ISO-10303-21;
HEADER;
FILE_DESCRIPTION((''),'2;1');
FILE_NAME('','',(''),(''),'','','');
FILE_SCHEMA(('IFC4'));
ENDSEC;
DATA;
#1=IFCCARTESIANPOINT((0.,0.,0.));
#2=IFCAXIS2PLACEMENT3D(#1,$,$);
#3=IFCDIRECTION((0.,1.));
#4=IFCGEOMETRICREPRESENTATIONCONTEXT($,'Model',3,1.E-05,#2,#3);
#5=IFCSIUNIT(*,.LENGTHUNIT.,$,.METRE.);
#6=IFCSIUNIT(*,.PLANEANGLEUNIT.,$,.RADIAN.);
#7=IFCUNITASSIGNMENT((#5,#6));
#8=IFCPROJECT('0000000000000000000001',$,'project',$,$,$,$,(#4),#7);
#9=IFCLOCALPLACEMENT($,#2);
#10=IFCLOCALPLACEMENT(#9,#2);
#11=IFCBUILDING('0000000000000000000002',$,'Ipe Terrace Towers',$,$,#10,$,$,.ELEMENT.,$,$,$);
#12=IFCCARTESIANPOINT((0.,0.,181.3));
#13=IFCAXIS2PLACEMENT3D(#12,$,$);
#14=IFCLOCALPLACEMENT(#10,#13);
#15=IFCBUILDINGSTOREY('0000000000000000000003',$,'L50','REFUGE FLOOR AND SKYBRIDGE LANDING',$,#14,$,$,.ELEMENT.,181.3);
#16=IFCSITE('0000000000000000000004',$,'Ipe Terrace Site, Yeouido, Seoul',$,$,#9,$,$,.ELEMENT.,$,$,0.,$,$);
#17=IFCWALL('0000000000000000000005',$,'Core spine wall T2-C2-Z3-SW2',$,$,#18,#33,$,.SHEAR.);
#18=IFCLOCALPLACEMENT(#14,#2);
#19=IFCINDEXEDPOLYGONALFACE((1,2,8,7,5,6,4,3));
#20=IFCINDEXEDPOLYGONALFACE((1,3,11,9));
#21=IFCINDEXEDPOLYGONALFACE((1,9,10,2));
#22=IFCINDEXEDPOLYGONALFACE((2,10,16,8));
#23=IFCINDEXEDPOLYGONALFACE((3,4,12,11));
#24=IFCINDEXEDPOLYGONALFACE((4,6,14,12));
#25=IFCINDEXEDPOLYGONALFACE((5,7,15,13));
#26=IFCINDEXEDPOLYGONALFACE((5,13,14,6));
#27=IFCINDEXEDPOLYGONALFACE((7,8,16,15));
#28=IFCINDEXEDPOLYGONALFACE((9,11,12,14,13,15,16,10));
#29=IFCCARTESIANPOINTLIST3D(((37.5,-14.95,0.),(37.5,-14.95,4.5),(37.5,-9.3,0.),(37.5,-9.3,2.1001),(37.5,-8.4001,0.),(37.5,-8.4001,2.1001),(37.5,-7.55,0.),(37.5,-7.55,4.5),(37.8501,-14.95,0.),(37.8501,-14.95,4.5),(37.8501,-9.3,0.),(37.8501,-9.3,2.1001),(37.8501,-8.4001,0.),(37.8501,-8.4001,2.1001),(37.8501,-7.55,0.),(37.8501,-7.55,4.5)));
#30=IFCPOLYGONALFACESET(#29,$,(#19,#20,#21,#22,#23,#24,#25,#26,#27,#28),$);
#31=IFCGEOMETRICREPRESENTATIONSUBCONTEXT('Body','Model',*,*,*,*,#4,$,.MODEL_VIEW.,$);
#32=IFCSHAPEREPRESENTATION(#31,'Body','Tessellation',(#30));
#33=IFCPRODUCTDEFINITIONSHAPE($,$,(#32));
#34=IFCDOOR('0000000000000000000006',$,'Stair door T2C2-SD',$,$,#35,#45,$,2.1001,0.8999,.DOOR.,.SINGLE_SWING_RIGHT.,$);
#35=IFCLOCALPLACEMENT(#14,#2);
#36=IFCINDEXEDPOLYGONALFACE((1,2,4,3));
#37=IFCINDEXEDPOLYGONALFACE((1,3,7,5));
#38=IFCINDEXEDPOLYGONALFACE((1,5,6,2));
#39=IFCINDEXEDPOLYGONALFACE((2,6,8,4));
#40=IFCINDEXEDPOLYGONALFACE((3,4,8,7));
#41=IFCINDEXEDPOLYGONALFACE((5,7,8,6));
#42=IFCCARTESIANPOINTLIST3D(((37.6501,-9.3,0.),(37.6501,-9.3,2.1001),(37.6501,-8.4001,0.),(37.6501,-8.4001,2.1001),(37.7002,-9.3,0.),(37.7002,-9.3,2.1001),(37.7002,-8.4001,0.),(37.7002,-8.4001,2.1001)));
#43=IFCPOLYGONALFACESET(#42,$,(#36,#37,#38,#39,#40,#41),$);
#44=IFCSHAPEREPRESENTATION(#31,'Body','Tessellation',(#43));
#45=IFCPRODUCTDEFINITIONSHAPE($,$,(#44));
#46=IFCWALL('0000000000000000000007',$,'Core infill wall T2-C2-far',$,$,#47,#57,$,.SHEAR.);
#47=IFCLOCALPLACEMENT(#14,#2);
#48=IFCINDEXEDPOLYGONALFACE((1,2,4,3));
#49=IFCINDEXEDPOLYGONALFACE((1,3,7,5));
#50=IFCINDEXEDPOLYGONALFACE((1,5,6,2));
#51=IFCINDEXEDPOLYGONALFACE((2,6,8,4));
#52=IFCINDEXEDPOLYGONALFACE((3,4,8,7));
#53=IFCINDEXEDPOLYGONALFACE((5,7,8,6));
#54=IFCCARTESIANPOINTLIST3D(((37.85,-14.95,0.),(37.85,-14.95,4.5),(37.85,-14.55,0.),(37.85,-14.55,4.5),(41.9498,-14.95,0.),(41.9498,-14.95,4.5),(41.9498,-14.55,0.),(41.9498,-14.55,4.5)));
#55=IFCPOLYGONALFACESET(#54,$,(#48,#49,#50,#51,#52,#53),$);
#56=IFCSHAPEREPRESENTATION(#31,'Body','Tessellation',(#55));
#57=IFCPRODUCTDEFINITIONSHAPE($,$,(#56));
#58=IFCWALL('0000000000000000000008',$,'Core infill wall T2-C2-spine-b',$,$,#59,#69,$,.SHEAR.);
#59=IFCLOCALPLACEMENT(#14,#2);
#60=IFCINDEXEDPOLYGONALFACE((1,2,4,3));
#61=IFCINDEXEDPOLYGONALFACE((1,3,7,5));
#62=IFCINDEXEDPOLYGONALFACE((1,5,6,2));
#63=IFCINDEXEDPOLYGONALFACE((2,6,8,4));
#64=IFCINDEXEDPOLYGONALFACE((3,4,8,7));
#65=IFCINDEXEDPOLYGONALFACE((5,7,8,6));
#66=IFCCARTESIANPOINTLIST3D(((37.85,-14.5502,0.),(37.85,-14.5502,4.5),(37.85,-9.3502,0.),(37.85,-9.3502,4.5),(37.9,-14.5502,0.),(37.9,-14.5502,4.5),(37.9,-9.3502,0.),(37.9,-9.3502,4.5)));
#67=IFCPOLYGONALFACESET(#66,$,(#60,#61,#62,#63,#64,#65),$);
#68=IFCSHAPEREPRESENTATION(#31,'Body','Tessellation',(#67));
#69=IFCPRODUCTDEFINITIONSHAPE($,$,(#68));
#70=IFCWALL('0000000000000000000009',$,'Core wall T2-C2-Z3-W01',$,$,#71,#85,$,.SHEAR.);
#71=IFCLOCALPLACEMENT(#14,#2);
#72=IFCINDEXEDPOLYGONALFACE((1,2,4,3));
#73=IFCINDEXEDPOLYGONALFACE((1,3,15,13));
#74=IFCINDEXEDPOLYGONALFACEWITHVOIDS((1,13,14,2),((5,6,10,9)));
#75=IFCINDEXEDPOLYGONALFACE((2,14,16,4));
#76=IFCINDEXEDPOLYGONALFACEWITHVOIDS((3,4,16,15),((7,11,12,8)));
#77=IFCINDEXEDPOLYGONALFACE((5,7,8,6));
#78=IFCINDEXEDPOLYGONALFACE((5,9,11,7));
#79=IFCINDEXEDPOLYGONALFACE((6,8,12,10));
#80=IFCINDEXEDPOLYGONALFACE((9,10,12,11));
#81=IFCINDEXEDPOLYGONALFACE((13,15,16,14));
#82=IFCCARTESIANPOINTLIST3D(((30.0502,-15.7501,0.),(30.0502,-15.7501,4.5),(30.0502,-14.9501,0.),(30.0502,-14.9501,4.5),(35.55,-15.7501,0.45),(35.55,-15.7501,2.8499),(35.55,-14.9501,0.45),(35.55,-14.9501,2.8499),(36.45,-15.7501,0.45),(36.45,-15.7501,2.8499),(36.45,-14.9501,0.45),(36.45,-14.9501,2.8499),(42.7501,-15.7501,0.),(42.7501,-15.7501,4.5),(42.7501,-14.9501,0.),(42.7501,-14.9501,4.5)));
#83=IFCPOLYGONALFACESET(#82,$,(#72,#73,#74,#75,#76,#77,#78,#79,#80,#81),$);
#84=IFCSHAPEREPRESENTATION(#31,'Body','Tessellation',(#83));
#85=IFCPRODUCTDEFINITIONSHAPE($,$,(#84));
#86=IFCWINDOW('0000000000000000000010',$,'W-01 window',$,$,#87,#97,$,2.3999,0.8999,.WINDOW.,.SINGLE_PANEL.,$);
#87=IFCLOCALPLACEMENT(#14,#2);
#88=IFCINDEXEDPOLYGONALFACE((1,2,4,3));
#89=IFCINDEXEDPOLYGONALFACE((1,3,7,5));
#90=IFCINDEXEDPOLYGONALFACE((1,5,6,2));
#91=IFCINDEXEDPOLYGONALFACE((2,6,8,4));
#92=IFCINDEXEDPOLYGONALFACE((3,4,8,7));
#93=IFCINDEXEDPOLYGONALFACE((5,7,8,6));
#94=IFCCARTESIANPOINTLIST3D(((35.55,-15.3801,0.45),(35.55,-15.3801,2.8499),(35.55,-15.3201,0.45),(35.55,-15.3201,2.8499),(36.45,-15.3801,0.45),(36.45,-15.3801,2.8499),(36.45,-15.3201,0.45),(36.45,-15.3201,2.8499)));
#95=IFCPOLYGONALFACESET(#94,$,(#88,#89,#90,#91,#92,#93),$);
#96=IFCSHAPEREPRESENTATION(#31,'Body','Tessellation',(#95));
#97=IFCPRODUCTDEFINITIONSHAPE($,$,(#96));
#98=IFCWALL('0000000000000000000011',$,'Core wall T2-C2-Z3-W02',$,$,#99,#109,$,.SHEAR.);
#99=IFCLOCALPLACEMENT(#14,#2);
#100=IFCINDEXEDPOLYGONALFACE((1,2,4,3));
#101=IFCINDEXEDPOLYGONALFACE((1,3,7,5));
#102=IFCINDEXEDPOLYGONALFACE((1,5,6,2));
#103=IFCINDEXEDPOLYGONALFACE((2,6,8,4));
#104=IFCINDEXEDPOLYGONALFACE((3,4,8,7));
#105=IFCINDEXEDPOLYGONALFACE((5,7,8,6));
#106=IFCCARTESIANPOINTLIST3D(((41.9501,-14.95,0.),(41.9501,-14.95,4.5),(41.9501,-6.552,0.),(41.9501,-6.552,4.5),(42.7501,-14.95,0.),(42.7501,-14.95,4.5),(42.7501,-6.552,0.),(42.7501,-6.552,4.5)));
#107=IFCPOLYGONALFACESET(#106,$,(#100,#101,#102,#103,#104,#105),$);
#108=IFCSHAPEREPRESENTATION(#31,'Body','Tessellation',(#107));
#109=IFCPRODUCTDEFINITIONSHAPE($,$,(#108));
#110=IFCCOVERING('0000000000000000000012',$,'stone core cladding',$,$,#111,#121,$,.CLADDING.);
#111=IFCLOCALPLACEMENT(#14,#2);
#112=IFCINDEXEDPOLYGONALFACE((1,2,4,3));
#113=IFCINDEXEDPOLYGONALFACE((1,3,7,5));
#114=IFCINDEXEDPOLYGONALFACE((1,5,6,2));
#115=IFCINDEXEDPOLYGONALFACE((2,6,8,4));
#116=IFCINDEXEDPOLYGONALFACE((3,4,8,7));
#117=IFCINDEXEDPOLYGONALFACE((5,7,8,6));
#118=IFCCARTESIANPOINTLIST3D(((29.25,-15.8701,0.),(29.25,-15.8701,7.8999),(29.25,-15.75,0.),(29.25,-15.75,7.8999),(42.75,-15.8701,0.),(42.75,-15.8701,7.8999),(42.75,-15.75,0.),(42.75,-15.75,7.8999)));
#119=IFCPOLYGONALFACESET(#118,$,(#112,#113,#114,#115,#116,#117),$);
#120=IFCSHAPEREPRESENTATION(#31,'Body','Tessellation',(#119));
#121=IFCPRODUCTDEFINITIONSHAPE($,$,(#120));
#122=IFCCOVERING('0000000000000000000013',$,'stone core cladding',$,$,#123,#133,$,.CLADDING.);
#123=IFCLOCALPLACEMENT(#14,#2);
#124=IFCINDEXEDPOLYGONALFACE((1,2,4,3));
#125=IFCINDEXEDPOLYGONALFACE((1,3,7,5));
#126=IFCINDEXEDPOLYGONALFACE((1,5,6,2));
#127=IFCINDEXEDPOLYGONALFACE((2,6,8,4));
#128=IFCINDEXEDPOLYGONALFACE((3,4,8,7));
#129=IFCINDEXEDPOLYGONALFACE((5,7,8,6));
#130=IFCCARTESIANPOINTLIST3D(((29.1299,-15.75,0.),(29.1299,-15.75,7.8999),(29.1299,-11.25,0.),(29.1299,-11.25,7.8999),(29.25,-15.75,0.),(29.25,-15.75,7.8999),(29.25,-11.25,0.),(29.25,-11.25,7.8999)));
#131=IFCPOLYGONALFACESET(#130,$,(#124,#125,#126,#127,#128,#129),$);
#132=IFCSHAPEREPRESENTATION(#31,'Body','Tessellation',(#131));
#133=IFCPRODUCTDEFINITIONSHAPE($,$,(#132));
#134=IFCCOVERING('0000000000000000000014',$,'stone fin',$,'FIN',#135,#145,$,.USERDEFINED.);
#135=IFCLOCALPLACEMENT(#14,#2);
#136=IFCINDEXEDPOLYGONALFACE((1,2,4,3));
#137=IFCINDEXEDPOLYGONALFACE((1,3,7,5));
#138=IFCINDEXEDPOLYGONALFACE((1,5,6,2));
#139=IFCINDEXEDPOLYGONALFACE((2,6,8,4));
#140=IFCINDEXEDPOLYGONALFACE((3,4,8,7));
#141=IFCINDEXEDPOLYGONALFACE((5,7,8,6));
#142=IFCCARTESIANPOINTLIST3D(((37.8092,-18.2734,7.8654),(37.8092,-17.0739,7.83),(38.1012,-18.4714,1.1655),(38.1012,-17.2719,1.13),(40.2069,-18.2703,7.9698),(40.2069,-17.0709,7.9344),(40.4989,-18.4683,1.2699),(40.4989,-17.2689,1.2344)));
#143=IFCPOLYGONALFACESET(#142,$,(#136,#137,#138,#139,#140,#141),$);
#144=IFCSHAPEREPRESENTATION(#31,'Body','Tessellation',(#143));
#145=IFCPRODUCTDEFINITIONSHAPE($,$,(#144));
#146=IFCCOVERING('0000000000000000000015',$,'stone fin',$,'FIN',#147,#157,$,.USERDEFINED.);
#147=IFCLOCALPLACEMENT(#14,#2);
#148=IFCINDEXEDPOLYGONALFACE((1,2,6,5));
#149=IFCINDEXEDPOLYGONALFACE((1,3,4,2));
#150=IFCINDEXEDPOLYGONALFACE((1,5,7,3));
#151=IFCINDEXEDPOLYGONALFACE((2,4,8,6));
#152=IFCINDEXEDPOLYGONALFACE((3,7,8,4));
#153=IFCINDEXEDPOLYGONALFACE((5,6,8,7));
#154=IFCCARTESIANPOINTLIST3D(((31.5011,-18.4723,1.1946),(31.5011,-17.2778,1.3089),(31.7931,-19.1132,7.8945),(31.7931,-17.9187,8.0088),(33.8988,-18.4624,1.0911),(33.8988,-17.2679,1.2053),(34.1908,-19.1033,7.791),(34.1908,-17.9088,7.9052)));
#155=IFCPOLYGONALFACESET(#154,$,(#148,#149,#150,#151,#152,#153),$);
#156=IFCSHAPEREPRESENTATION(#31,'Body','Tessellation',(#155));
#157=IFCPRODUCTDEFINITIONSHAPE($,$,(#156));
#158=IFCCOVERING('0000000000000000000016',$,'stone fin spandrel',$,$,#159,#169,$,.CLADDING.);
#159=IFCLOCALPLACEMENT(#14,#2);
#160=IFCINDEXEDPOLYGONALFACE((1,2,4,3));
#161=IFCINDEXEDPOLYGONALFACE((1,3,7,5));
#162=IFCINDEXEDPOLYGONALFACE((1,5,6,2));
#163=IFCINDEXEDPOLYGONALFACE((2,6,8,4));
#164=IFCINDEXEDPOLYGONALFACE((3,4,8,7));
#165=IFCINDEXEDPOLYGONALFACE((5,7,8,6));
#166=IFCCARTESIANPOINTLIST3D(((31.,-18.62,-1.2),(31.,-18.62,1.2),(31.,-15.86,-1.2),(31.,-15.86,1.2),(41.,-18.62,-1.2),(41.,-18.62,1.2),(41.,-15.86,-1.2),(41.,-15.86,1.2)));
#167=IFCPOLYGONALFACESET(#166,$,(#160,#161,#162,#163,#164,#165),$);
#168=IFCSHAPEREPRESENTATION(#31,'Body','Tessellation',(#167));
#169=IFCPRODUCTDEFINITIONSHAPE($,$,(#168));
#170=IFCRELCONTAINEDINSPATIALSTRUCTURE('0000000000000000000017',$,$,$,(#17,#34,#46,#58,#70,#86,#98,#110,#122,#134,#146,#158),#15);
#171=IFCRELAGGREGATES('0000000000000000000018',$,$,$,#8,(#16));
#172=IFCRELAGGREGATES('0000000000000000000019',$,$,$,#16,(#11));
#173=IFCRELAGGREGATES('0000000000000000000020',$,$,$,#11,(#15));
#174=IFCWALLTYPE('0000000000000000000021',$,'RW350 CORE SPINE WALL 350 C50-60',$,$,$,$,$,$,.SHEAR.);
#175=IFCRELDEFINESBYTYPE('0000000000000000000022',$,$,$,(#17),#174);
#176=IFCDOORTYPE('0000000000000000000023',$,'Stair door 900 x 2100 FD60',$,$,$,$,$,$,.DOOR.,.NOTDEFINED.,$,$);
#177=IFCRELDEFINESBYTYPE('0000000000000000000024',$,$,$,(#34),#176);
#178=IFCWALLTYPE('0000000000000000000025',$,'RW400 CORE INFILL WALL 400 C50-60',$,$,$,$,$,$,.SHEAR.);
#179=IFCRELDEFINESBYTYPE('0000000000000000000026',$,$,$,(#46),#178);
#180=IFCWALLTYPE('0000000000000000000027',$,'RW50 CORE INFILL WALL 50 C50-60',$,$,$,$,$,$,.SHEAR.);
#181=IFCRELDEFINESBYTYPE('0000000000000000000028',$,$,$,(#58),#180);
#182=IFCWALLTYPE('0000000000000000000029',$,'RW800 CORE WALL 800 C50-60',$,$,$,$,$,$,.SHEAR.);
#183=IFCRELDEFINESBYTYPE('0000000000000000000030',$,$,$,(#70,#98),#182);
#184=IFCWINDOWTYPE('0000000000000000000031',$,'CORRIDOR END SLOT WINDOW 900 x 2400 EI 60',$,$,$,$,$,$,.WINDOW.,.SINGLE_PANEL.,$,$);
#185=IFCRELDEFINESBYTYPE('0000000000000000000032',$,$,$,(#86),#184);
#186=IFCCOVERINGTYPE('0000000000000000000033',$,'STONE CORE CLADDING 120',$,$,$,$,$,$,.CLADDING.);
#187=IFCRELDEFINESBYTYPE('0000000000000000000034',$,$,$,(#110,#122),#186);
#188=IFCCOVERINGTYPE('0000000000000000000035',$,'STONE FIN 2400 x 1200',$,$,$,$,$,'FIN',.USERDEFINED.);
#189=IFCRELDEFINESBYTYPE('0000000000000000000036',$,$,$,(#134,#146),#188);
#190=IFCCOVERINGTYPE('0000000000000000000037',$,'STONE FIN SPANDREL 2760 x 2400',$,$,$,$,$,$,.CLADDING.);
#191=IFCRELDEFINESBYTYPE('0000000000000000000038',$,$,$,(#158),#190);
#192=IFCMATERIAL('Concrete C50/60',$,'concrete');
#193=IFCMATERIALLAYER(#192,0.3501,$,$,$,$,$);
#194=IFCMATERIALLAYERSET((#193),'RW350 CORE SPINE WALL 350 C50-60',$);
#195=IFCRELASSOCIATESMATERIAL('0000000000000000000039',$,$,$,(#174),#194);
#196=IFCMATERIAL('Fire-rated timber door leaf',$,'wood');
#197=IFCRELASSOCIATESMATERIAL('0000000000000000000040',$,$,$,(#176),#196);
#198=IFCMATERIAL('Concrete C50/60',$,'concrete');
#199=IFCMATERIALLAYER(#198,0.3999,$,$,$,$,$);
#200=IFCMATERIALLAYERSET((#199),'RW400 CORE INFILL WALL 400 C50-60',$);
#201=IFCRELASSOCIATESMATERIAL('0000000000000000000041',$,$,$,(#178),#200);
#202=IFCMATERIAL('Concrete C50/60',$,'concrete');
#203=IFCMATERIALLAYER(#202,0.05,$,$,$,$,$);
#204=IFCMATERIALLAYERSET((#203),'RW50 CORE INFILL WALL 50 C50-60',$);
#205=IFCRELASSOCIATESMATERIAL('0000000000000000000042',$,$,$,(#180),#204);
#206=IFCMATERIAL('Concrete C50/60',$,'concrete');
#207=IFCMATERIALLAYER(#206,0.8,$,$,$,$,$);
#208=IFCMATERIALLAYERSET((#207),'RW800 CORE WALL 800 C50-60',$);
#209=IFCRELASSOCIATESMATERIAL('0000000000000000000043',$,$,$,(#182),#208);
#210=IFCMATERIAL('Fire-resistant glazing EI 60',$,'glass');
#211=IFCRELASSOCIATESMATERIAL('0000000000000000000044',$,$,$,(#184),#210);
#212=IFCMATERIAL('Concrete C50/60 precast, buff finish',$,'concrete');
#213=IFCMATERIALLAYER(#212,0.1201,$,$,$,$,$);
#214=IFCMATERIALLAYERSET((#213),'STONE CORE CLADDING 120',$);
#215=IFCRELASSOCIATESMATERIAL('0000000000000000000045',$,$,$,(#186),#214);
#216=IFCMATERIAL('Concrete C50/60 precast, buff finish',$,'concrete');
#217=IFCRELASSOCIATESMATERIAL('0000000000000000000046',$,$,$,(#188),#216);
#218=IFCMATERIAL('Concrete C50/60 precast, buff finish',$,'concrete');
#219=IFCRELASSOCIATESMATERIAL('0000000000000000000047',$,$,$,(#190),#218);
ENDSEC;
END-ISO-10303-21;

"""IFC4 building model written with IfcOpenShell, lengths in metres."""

from ifc_helpers import new_model, si_unit, direction, frame, frame_2d, origin, origin_2d, place, context, subcontext, project, spatial, rectangle, extrude, material, layer, layer_set, material_profile, profile_set, type_object, element, fill, save


model = new_model("IFC4")

# Units and contexts
model_context = context("Model", 3, precision=1e-05, world=origin(), true_north=direction((0.0, 1.0)))
body_context = subcontext(model_context, "Body", "Model", "MODEL_VIEW")
ifc_project = project(units=[si_unit("LENGTHUNIT", "METRE"), si_unit("PLANEANGLEUNIT", "RADIAN")], contexts=[model_context])

# Site, building, storey
site_placement = place(None, origin())
site = spatial("IfcSite", under=ifc_project, at=site_placement, Name="Ipe Terrace Site, Yeouido, Seoul", CompositionType="ELEMENT", RefElevation=0.0)
building_placement = place(site_placement, origin())
building = spatial("IfcBuilding", under=site, at=building_placement, Name="Ipe Terrace Towers", CompositionType="ELEMENT")
storey_placement = place(building_placement, frame((0.0, 0.0, 181.3)))
storey = spatial("IfcBuildingStorey", under=building, at=storey_placement, Name="L50", Description="REFUGE FLOOR AND SKYBRIDGE LANDING", CompositionType="ELEMENT", Elevation=181.3)

# Shared definitions
ifc_material_1 = material(Name="Concrete C50/60", Category="concrete")
ifc_layer_1 = layer(ifc_material_1, 0.3501)
ifc_layer_set_1 = layer_set([ifc_layer_1], Name="RW350 CORE SPINE WALL 350 C50-60")
wall_type_1 = type_object("IfcWallType", Name="RW350 CORE SPINE WALL 350 C50-60", PredefinedType="SHEAR", material=ifc_layer_set_1)

# Wall, opening, door
wall_1_placement = place(storey_placement, frame((37.675, -14.95, 0.0), z_axis=(0.0, 0.0, 1.0), x_axis=(0.0, 1.0, 0.0)))
wall_1 = element("IfcWall", 1, at=wall_1_placement, inside=storey, type_object=wall_type_1, Name="Core spine wall T2-C2-Z3-SW2", PredefinedType="SHEAR", context=body_context, shape_type="SweptSolid", body=[
    extrude(rectangle(XDim=7.3999, YDim=0.3501, at=frame_2d((3.7, 0.0))), origin(), (0.0, 0.0, 1.0), 4.5),
])
opening_1_placement = place(wall_1_placement, frame((5.6499, 0.0, 0.0)))
opening_1 = element("IfcOpeningElement", 2, at=opening_1_placement, cuts=wall_1, PredefinedType="OPENING", context=body_context, shape_type="SweptSolid", body=[
    extrude(rectangle(XDim=0.8999, YDim=2.1001, at=frame_2d((0.45, 1.05))), frame((0.0, 0.1851, 0.0), z_axis=(0.0, -1.0, 0.0), x_axis=(1.0, 0.0, 0.0)), (0.0, 0.0, 1.0), 0.3701),
])
ifc_material_2 = material(Name="Fire-rated timber door leaf", Category="wood")
door_type_1 = type_object("IfcDoorType", Name="Stair door 900 x 2100 FD60", OperationType="NOTDEFINED", PredefinedType="DOOR", material=ifc_material_2)
door_1_placement = place(opening_1_placement, origin())
door_1 = element("IfcDoor", 3, at=door_1_placement, inside=storey, type_object=door_type_1, Name="Stair door T2C2-SD", OperationType="SINGLE_SWING_RIGHT", OverallHeight=2.1001, OverallWidth=0.8999, PredefinedType="DOOR", context=body_context, shape_type="SweptSolid", body=[
    extrude(rectangle(XDim=0.8999, YDim=2.1001, at=frame_2d((0.45, 1.05))), frame((0.0, 0.0249, 0.0), z_axis=(0.0, -1.0, 0.0), x_axis=(1.0, 0.0, 0.0)), (0.0, 0.0, 1.0), 0.05),
])
fill(opening_1, door_1)

# Walls
ifc_material_3 = material(Name="Concrete C50/60", Category="concrete")
ifc_layer_2 = layer(ifc_material_3, 0.3999)
ifc_layer_set_2 = layer_set([ifc_layer_2], Name="RW400 CORE INFILL WALL 400 C50-60")
wall_type_2 = type_object("IfcWallType", Name="RW400 CORE INFILL WALL 400 C50-60", PredefinedType="SHEAR", material=ifc_layer_set_2)
wall_2_placement = place(storey_placement, frame((37.8501, -14.75, 0.0), z_axis=(0.0, 0.0, 1.0), x_axis=(1.0, 0.0, 0.0)))
element("IfcWall", 4, at=wall_2_placement, inside=storey, type_object=wall_type_2, Name="Core infill wall T2-C2-far", PredefinedType="SHEAR", context=body_context, shape_type="SweptSolid", body=[
    extrude(rectangle(XDim=4.0999, YDim=0.3999, at=frame_2d((2.0498, 0.0))), origin(), (0.0, 0.0, 1.0), 4.5),
])
ifc_material_4 = material(Name="Concrete C50/60", Category="concrete")
ifc_layer_3 = layer(ifc_material_4, 0.05)
ifc_layer_set_3 = layer_set([ifc_layer_3], Name="RW50 CORE INFILL WALL 50 C50-60")
wall_type_3 = type_object("IfcWallType", Name="RW50 CORE INFILL WALL 50 C50-60", PredefinedType="SHEAR", material=ifc_layer_set_3)
wall_3_placement = place(storey_placement, frame((37.875, -9.3501, 0.0), z_axis=(0.0, 0.0, 1.0), x_axis=(0.0, -1.0, 0.0)))
element("IfcWall", 5, at=wall_3_placement, inside=storey, type_object=wall_type_3, Name="Core infill wall T2-C2-spine-b", PredefinedType="SHEAR", context=body_context, shape_type="SweptSolid", body=[
    extrude(rectangle(XDim=5.2, YDim=0.05, at=frame_2d((2.6001, 0.0))), origin(), (0.0, 0.0, 1.0), 4.5),
])

# Wall, opening, window
ifc_material_5 = material(Name="Concrete C50/60", Category="concrete")
ifc_layer_4 = layer(ifc_material_5, 0.8)
ifc_layer_set_4 = layer_set([ifc_layer_4], Name="RW800 CORE WALL 800 C50-60")
wall_type_4 = type_object("IfcWallType", Name="RW800 CORE WALL 800 C50-60", PredefinedType="SHEAR", material=ifc_layer_set_4)
wall_4_placement = place(storey_placement, frame((30.05, -15.3501, 0.0), z_axis=(0.0, 0.0, 1.0), x_axis=(1.0, 0.0, 0.0)))
wall_4 = element("IfcWall", 6, at=wall_4_placement, inside=storey, type_object=wall_type_4, Name="Core wall T2-C2-Z3-W01", PredefinedType="SHEAR", context=body_context, shape_type="SweptSolid", body=[
    extrude(rectangle(XDim=12.7, YDim=0.8, at=frame_2d((6.3501, 0.0))), origin(), (0.0, 0.0, 1.0), 4.5),
])
opening_2_placement = place(wall_4_placement, frame((5.5, 0.0, 0.45)))
opening_2 = element("IfcOpeningElement", 7, at=opening_2_placement, cuts=wall_4, PredefinedType="OPENING", context=body_context, shape_type="SweptSolid", body=[
    extrude(rectangle(XDim=0.8999, YDim=2.3999, at=frame_2d((0.45, 1.2))), frame((0.0, 0.4102, 0.0), z_axis=(0.0, -1.0, 0.0), x_axis=(1.0, 0.0, 0.0)), (0.0, 0.0, 1.0), 0.8201),
])
ifc_material_6 = material(Name="Fire-resistant glazing EI 60", Category="glass")
window_type = type_object("IfcWindowType", Name="CORRIDOR END SLOT WINDOW 900 x 2400 EI 60", PartitioningType="SINGLE_PANEL", PredefinedType="WINDOW", material=ifc_material_6)
window_placement = place(opening_2_placement, origin())
window = element("IfcWindow", 8, at=window_placement, inside=storey, type_object=window_type, Name="W-01 window", OverallHeight=2.3999, OverallWidth=0.8999, PartitioningType="SINGLE_PANEL", PredefinedType="WINDOW", context=body_context, shape_type="SweptSolid", body=[
    extrude(rectangle(XDim=0.8999, YDim=2.3999, at=frame_2d((0.45, 1.2))), frame((0.0, 0.03, 0.0), z_axis=(0.0, -1.0, 0.0), x_axis=(1.0, 0.0, 0.0)), (0.0, 0.0, 1.0), 0.0601),
])
fill(opening_2, window)

# Wall
wall_5_placement = place(storey_placement, frame((42.3501, -14.95, 0.0), z_axis=(0.0, 0.0, 1.0), x_axis=(0.0, 1.0, 0.0)))
element("IfcWall", 9, at=wall_5_placement, inside=storey, type_object=wall_type_4, Name="Core wall T2-C2-Z3-W02", PredefinedType="SHEAR", context=body_context, shape_type="SweptSolid", body=[
    extrude(rectangle(XDim=8.3979, YDim=0.8, at=frame_2d((4.199, 0.0))), origin(), (0.0, 0.0, 1.0), 4.5),
])

# Coverings
ifc_material_7 = material(Name="Concrete C50/60 precast, buff finish", Category="concrete")
ifc_layer_5 = layer(ifc_material_7, 0.1201)
ifc_layer_set_5 = layer_set([ifc_layer_5], Name="STONE CORE CLADDING 120")
covering_type_1 = type_object("IfcCoveringType", Name="STONE CORE CLADDING 120", PredefinedType="CLADDING", material=ifc_layer_set_5)
covering_1_placement = place(storey_placement, frame((36.0, -15.8101, 0.0), z_axis=(0.0, 0.0, 1.0), x_axis=(1.0, 0.0, 0.0)))
element("IfcCovering", 10, at=covering_1_placement, inside=storey, type_object=covering_type_1, Name="stone core cladding", PredefinedType="CLADDING", context=body_context, shape_type="SweptSolid", body=[
    extrude(rectangle(XDim=13.5, YDim=0.1201, at=origin_2d()), origin(), (0.0, 0.0, 1.0), 7.8999),
])
covering_2_placement = place(storey_placement, frame((29.1899, -13.5, 0.0), z_axis=(0.0, 0.0, 1.0), x_axis=(0.0, -1.0, 0.0)))
element("IfcCovering", 11, at=covering_2_placement, inside=storey, type_object=covering_type_1, Name="stone core cladding", PredefinedType="CLADDING", context=body_context, shape_type="SweptSolid", body=[
    extrude(rectangle(XDim=4.5, YDim=0.1201, at=origin_2d()), origin(), (0.0, 0.0, 1.0), 7.8999),
])
ifc_material_8 = material(Name="Concrete C50/60 precast, buff finish", Category="concrete")
ifc_material_profile_1 = material_profile(ifc_material_8, rectangle(XDim=2.3999, YDim=1.2, at=origin_2d()), Name="STONE FIN 2400 x 1200")
ifc_profile_set_1 = profile_set([ifc_material_profile_1], Name="Concrete C50/60 precast, buff finish")
covering_type_2 = type_object("IfcCoveringType", Name="STONE FIN 2400 x 1200", ElementType="FIN", PredefinedType="USERDEFINED", material=ifc_profile_set_1)
covering_3_placement = place(storey_placement, frame((39.3, -17.8701, 1.2), z_axis=(-0.043521, 0.029511, 0.998617), x_axis=(0.999053, 0.001286, 0.043502)))
element("IfcCovering", 12, at=covering_3_placement, inside=storey, type_object=covering_type_2, Name="stone fin", ObjectType="FIN", PredefinedType="USERDEFINED", context=body_context, shape_type="SweptSolid", body=[
    extrude(rectangle(XDim=2.3999, YDim=1.2, at=origin_2d()), origin(), (0.0, 0.0, 1.0), 6.7092),
])
covering_4_placement = place(storey_placement, frame((32.7, -17.8701, 1.2), z_axis=(0.043342, -0.095129, 0.994521), x_axis=(0.99906, 0.004127, -0.043146)))
element("IfcCovering", 13, at=covering_4_placement, inside=storey, type_object=covering_type_2, Name="stone fin", ObjectType="FIN", PredefinedType="USERDEFINED", context=body_context, shape_type="SweptSolid", body=[
    extrude(rectangle(XDim=2.3999, YDim=1.2, at=origin_2d()), origin(), (0.0, 0.0, 1.0), 6.7368),
])
ifc_material_9 = material(Name="Concrete C50/60 precast, buff finish", Category="concrete")
ifc_material_profile_2 = material_profile(ifc_material_9, rectangle(XDim=2.76, YDim=2.3999, at=origin_2d()), Name="STONE FIN SPANDREL 2760 x 2400")
ifc_profile_set_2 = profile_set([ifc_material_profile_2], Name="Concrete C50/60 precast, buff finish")
covering_type_3 = type_object("IfcCoveringType", Name="STONE FIN SPANDREL 2760 x 2400", PredefinedType="CLADDING", material=ifc_profile_set_2)
covering_5_placement = place(storey_placement, frame((31.0, -17.24, 0.0), z_axis=(1.0, 0.0, 0.0), x_axis=(0.0, -1.0, 0.0)))
element("IfcCovering", 14, at=covering_5_placement, inside=storey, type_object=covering_type_3, Name="stone fin spandrel", PredefinedType="CLADDING", context=body_context, shape_type="SweptSolid", body=[
    extrude(rectangle(XDim=2.76, YDim=2.3999, at=origin_2d()), origin(), (0.0, 0.0, 1.0), 10.0),
])

save(model, "model.ifc")
